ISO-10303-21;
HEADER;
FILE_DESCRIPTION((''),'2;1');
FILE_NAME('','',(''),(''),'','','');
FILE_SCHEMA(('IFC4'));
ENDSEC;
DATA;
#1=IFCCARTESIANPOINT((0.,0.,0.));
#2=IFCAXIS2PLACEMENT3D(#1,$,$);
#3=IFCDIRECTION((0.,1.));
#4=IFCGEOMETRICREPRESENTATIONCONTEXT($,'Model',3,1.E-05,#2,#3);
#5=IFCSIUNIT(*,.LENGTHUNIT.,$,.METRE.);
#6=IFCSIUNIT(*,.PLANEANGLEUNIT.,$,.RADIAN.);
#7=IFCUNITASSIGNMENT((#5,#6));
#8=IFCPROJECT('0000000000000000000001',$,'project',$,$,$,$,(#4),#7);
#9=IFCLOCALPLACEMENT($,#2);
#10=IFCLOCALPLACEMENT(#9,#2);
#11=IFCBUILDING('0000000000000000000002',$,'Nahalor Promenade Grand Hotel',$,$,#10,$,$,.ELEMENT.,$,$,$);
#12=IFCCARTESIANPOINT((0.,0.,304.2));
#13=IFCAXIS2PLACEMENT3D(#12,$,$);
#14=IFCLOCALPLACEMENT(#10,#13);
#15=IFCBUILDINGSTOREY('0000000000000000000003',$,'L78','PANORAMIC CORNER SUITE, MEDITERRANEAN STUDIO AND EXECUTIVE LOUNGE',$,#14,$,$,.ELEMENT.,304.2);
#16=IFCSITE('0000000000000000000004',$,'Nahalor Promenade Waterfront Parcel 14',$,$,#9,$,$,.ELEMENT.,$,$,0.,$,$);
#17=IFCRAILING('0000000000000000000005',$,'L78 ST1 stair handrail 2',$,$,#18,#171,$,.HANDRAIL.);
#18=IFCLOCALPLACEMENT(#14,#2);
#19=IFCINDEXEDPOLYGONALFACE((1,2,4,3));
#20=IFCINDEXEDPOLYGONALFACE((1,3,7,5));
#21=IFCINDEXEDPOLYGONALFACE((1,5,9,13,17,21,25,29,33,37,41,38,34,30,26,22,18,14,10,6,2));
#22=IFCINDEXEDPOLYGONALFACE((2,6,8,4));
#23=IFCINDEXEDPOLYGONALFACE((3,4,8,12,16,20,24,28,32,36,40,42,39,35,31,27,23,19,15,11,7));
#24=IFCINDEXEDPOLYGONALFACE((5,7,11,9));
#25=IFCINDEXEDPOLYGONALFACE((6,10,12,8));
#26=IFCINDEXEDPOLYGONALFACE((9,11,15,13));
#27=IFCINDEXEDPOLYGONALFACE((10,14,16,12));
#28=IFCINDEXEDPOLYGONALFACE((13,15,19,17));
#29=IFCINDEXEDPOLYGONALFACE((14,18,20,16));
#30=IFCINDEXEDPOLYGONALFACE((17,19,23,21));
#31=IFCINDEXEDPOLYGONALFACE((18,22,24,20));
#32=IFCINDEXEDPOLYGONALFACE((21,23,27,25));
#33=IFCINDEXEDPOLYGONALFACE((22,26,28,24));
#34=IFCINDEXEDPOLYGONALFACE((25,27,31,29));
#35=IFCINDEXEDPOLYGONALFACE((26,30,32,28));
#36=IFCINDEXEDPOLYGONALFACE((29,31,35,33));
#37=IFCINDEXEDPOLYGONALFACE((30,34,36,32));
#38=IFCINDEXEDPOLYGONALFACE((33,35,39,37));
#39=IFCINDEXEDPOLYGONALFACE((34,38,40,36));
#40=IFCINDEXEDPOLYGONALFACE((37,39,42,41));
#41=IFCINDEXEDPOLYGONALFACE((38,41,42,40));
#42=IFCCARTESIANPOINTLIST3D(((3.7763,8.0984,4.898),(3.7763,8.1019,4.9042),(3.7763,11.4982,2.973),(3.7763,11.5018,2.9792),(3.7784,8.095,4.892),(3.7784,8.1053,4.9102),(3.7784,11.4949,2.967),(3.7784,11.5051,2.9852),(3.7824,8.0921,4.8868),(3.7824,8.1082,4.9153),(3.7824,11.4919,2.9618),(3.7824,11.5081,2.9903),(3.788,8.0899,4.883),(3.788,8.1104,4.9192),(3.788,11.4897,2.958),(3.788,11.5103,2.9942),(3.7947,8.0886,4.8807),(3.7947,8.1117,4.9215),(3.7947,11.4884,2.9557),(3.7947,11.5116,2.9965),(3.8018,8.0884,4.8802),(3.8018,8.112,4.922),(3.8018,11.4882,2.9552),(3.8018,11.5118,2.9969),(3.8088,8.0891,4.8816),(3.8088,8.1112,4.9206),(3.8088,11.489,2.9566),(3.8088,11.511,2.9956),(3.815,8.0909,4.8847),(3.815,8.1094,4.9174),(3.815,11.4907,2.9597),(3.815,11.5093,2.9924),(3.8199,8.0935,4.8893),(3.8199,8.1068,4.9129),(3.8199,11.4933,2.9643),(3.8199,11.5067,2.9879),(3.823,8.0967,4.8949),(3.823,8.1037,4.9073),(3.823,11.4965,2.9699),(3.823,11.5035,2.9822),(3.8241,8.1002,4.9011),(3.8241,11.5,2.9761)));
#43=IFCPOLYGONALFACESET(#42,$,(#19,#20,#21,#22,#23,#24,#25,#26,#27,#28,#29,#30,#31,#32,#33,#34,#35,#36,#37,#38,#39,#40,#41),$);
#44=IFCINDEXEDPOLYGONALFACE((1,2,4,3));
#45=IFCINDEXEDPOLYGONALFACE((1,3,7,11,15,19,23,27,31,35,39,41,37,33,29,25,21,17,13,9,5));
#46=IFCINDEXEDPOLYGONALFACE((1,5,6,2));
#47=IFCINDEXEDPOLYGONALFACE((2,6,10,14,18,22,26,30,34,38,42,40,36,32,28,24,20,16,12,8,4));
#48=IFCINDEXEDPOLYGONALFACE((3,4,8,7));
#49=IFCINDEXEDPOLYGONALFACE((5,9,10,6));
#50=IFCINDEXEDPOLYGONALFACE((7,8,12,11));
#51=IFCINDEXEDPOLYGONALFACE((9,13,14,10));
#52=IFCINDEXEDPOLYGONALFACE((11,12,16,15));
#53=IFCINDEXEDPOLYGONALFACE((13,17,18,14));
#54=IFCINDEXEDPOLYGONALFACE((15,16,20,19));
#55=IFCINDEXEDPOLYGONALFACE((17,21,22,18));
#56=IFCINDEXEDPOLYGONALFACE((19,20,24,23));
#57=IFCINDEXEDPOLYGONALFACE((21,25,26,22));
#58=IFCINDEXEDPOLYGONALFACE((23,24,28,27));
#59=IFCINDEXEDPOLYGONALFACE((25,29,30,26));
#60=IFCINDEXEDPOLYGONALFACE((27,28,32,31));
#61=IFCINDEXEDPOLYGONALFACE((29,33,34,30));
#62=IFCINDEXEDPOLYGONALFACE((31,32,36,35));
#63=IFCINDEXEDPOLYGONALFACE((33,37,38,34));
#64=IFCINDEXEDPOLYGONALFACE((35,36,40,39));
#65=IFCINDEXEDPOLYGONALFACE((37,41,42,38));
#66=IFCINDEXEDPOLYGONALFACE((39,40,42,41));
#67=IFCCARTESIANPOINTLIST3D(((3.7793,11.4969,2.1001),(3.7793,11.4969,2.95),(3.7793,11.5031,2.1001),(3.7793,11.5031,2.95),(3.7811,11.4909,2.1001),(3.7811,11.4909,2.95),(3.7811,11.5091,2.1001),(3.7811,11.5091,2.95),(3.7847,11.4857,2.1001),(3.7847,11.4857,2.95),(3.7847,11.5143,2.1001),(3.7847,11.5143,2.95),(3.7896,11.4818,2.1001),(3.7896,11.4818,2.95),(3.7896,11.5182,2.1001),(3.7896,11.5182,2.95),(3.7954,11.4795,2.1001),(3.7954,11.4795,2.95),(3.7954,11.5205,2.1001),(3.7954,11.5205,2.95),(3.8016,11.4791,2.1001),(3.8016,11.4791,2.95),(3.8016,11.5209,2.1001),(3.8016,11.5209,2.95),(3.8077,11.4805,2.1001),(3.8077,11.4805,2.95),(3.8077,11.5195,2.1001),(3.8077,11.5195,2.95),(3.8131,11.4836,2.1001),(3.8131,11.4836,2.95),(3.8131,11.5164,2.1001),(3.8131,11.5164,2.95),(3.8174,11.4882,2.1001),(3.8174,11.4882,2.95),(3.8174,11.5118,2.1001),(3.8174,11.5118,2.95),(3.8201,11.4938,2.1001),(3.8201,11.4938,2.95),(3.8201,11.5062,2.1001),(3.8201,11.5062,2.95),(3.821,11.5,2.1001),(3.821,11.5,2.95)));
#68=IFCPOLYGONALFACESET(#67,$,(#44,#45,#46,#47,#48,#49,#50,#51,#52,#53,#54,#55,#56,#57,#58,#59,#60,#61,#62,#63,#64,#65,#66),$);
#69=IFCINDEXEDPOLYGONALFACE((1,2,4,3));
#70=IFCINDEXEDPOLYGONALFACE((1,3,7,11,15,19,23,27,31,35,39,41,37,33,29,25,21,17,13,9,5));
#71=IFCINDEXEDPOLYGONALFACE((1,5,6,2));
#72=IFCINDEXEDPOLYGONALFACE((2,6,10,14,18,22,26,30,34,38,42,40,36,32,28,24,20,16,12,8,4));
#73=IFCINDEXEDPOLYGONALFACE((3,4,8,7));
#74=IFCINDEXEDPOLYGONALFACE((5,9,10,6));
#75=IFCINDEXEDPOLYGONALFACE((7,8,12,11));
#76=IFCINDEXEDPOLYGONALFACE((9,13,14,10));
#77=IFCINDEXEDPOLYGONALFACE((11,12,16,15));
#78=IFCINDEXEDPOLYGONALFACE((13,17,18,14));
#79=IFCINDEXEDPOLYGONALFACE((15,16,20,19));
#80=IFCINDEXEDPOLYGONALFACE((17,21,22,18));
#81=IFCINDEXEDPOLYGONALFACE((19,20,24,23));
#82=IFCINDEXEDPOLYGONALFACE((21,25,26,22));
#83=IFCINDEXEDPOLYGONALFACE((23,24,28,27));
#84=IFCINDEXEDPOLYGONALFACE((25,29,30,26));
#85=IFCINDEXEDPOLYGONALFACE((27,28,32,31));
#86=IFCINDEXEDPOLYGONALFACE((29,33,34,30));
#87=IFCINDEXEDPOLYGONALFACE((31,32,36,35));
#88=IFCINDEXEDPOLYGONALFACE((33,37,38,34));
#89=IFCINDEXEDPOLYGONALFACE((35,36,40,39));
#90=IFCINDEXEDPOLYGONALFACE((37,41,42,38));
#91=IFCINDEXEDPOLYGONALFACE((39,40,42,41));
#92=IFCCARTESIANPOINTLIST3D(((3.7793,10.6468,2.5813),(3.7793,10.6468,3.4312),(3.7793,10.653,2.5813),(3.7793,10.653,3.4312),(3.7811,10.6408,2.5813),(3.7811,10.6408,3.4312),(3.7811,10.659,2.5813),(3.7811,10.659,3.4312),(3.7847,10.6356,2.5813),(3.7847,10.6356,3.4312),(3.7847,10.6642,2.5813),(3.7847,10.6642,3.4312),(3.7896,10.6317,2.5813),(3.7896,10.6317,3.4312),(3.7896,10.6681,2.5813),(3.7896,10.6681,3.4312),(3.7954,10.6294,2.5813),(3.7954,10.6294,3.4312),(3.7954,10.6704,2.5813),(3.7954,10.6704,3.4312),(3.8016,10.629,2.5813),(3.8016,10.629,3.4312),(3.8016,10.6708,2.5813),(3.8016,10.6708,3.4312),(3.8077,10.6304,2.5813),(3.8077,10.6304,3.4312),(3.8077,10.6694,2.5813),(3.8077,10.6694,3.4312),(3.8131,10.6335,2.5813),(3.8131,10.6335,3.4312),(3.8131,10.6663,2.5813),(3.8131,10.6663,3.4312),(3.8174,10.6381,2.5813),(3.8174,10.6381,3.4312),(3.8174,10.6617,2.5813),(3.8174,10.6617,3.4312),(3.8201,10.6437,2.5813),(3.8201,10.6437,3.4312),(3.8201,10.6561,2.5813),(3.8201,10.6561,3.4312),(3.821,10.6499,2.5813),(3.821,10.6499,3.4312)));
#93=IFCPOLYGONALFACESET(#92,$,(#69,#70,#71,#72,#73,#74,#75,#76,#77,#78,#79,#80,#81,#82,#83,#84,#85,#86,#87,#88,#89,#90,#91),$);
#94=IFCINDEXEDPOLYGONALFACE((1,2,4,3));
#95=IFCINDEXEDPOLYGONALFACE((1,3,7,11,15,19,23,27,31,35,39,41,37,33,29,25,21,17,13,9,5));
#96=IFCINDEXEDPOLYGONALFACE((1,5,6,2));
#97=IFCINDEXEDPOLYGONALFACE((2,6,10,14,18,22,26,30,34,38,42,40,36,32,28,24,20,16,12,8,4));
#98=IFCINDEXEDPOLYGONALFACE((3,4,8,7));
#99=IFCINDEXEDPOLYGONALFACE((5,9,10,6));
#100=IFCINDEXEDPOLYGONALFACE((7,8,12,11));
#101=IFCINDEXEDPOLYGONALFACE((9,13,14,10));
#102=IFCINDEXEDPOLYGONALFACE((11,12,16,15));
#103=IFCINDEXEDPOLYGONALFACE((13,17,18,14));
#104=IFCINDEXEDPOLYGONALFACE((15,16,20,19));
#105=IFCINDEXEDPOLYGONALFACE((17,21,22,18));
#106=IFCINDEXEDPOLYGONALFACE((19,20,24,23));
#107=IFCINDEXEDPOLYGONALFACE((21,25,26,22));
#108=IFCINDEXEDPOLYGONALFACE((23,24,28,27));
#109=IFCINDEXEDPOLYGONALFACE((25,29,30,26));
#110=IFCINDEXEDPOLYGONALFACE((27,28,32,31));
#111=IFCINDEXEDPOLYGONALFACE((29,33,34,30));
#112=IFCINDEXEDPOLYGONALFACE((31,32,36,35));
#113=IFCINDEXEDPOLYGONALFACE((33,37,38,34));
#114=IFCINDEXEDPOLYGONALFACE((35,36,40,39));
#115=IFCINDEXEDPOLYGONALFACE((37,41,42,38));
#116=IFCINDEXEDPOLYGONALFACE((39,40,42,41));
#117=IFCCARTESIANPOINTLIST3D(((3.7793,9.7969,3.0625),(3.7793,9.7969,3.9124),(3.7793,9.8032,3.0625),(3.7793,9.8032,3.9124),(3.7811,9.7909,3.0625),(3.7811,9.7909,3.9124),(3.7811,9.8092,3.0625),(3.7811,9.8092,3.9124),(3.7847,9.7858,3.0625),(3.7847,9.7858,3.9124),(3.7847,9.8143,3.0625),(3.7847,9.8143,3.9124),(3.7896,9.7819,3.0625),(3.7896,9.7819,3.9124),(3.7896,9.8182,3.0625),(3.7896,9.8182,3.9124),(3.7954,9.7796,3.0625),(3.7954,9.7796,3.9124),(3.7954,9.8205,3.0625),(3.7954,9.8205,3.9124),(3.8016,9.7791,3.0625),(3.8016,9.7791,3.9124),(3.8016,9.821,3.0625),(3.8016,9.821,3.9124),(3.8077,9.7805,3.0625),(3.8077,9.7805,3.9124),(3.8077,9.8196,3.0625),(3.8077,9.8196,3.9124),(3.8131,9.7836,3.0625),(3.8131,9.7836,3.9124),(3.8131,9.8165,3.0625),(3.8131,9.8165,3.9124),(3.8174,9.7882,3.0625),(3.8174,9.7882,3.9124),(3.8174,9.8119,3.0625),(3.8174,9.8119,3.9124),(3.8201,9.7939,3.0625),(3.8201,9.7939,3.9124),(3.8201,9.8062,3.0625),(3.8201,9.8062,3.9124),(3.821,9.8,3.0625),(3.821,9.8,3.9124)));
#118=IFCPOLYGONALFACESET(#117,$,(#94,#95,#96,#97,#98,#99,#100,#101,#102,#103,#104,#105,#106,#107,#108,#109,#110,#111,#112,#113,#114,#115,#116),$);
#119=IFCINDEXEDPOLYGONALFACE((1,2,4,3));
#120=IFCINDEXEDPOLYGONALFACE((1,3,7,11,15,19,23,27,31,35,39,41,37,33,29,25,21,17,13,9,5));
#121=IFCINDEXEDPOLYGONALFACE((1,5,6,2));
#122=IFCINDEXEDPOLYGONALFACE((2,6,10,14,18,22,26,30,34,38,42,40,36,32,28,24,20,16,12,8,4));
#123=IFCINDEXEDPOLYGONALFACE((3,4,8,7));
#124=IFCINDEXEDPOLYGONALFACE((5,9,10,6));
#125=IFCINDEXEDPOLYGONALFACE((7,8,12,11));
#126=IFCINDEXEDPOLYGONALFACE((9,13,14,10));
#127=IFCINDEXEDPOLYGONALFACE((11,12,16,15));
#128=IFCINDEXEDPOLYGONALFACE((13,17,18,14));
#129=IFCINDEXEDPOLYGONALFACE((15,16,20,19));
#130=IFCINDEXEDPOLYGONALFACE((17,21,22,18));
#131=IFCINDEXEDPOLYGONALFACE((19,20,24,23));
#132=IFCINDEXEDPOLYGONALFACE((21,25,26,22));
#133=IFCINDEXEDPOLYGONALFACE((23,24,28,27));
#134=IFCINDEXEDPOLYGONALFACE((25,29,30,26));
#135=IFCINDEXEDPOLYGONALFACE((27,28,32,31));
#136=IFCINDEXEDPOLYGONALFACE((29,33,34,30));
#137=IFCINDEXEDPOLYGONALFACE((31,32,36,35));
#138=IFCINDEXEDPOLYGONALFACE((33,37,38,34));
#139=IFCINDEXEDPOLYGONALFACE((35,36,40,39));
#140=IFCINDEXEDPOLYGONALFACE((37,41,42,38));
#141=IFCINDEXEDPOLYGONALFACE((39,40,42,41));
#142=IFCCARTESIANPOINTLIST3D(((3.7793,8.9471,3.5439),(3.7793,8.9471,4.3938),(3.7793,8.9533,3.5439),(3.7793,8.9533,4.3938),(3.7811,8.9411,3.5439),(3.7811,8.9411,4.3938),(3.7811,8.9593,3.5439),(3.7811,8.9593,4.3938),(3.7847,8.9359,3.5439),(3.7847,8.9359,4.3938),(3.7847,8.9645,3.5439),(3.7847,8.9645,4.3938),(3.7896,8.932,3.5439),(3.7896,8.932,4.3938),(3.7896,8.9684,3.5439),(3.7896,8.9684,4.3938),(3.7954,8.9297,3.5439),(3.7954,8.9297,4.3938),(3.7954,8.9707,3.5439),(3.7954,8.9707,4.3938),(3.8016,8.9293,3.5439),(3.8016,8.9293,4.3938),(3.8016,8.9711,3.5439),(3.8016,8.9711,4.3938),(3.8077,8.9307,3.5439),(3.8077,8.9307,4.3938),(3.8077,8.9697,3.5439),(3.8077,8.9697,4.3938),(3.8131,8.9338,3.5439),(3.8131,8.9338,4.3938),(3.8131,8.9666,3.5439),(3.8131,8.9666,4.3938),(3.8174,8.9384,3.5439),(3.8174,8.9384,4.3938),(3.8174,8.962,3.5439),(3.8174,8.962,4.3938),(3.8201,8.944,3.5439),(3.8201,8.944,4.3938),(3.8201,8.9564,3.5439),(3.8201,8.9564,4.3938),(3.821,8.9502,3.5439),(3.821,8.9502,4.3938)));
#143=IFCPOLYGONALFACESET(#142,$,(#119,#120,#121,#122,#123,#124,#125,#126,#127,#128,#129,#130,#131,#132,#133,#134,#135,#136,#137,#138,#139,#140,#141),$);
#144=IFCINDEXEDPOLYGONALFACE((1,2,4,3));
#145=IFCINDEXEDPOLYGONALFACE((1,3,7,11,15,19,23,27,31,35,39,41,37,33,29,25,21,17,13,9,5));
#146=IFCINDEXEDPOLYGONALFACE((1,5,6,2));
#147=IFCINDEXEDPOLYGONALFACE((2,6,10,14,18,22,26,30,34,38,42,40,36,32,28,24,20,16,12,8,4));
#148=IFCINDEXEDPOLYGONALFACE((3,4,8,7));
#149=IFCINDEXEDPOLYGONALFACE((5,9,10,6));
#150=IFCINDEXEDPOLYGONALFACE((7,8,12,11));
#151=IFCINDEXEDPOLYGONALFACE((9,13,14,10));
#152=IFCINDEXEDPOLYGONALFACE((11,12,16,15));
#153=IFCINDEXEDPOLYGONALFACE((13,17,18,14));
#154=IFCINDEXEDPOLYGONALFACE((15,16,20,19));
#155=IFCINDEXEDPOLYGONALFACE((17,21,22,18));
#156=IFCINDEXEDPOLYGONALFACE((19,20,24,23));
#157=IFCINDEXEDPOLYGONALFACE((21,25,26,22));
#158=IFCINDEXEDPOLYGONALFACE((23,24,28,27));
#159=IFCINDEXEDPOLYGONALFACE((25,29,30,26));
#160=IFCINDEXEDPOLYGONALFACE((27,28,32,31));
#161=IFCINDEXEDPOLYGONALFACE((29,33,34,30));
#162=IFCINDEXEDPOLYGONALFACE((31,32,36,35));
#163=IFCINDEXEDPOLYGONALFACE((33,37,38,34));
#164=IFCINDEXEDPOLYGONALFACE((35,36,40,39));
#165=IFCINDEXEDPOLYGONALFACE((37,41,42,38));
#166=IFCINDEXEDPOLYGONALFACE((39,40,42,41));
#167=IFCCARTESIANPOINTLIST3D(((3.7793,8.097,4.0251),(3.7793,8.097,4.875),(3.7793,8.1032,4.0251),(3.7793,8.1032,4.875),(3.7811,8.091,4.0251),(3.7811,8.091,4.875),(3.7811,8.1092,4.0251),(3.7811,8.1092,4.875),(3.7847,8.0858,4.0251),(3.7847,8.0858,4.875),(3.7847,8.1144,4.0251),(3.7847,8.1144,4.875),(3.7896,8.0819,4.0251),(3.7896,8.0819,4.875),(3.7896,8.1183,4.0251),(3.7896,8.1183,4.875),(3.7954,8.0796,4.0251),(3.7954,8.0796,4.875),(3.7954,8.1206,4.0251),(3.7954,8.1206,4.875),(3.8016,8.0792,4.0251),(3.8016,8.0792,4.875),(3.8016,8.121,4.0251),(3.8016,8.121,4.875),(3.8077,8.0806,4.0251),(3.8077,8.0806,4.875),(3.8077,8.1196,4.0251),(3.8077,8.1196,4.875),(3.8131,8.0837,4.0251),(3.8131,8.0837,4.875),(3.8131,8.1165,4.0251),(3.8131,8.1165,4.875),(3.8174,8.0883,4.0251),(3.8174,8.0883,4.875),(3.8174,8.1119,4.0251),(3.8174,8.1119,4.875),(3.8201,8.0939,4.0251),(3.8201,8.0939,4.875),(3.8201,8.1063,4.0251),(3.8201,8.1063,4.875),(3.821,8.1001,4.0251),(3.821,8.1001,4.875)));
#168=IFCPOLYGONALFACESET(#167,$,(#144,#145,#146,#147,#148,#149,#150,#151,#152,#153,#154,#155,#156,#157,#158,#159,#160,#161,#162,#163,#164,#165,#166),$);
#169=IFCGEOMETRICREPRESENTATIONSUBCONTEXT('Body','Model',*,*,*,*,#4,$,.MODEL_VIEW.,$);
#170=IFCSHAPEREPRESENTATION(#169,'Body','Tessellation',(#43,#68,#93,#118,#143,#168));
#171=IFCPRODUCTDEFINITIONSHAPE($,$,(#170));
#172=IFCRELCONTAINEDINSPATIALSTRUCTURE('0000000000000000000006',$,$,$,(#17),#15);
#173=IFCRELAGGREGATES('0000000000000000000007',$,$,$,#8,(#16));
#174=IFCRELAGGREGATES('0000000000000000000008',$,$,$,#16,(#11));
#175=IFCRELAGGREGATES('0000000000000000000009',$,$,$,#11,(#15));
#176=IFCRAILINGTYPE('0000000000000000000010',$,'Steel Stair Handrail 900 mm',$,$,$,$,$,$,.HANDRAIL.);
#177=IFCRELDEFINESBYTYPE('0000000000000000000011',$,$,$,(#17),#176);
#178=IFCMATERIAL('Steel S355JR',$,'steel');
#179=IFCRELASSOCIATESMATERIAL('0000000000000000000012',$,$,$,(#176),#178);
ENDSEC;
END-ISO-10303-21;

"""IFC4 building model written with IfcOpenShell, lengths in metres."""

from ifc_helpers import new_model, si_unit, direction, frame, origin, origin_2d, place, context, subcontext, project, spatial, circle, extrude, material, type_object, element, save


model = new_model("IFC4")

# Units and contexts
model_context = context("Model", 3, precision=1e-05, world=origin(), true_north=direction((0.0, 1.0)))
body_context = subcontext(model_context, "Body", "Model", "MODEL_VIEW")
ifc_project = project(units=[si_unit("LENGTHUNIT", "METRE"), si_unit("PLANEANGLEUNIT", "RADIAN")], contexts=[model_context])

# Site, building, storey
site_placement = place(None, origin())
site = spatial("IfcSite", under=ifc_project, at=site_placement, Name="Nahalor Promenade Waterfront Parcel 14", CompositionType="ELEMENT", RefElevation=0.0)
building_placement = place(site_placement, origin())
building = spatial("IfcBuilding", under=site, at=building_placement, Name="Nahalor Promenade Grand Hotel", CompositionType="ELEMENT")
storey_placement = place(building_placement, frame((0.0, 0.0, 304.2)))
storey = spatial("IfcBuildingStorey", under=building, at=storey_placement, Name="L78", Description="PANORAMIC CORNER SUITE, MEDITERRANEAN STUDIO AND EXECUTIVE LOUNGE", CompositionType="ELEMENT", Elevation=304.2)

# Shared definitions
ifc_material_1 = material(Name="Steel S355JR", Category="steel")

# Railing
railing_type_1 = type_object("IfcRailingType", Name="Steel Stair Handrail 900 mm", PredefinedType="HANDRAIL", material=ifc_material_1)
railing_1_placement = place(storey_placement, frame((3.8, 11.5, 2.1001)))
element("IfcRailing", 1, at=railing_1_placement, inside=storey, type_object=railing_type_1, Name="L78 ST1 stair handrail 2", PredefinedType="HANDRAIL", context=body_context, shape_type="SweptSolid", body=[
    extrude(circle(Radius=0.024, at=origin_2d()), frame((0.0, 0.0, 0.876), z_axis=(0.0, -0.870194, 0.49271), x_axis=(1.0, 0.0, 0.0)), (0.0, 0.0, 1.0), 3.907),
    extrude(circle(Radius=0.021, at=origin_2d()), origin(), (0.0, 0.0, 1.0), 0.8499),
    extrude(circle(Radius=0.021, at=origin_2d()), frame((0.0, -0.8501, 0.4812)), (0.0, 0.0, 1.0), 0.8499),
    extrude(circle(Radius=0.021, at=origin_2d()), frame((0.0, -1.7, 0.9624)), (0.0, 0.0, 1.0), 0.8499),
    extrude(circle(Radius=0.021, at=origin_2d()), frame((0.0, -2.5498, 1.4438)), (0.0, 0.0, 1.0), 0.8499),
    extrude(circle(Radius=0.021, at=origin_2d()), frame((0.0, -3.3999, 1.925)), (0.0, 0.0, 1.0), 0.8499),
])

save(model, "model.ifc")
